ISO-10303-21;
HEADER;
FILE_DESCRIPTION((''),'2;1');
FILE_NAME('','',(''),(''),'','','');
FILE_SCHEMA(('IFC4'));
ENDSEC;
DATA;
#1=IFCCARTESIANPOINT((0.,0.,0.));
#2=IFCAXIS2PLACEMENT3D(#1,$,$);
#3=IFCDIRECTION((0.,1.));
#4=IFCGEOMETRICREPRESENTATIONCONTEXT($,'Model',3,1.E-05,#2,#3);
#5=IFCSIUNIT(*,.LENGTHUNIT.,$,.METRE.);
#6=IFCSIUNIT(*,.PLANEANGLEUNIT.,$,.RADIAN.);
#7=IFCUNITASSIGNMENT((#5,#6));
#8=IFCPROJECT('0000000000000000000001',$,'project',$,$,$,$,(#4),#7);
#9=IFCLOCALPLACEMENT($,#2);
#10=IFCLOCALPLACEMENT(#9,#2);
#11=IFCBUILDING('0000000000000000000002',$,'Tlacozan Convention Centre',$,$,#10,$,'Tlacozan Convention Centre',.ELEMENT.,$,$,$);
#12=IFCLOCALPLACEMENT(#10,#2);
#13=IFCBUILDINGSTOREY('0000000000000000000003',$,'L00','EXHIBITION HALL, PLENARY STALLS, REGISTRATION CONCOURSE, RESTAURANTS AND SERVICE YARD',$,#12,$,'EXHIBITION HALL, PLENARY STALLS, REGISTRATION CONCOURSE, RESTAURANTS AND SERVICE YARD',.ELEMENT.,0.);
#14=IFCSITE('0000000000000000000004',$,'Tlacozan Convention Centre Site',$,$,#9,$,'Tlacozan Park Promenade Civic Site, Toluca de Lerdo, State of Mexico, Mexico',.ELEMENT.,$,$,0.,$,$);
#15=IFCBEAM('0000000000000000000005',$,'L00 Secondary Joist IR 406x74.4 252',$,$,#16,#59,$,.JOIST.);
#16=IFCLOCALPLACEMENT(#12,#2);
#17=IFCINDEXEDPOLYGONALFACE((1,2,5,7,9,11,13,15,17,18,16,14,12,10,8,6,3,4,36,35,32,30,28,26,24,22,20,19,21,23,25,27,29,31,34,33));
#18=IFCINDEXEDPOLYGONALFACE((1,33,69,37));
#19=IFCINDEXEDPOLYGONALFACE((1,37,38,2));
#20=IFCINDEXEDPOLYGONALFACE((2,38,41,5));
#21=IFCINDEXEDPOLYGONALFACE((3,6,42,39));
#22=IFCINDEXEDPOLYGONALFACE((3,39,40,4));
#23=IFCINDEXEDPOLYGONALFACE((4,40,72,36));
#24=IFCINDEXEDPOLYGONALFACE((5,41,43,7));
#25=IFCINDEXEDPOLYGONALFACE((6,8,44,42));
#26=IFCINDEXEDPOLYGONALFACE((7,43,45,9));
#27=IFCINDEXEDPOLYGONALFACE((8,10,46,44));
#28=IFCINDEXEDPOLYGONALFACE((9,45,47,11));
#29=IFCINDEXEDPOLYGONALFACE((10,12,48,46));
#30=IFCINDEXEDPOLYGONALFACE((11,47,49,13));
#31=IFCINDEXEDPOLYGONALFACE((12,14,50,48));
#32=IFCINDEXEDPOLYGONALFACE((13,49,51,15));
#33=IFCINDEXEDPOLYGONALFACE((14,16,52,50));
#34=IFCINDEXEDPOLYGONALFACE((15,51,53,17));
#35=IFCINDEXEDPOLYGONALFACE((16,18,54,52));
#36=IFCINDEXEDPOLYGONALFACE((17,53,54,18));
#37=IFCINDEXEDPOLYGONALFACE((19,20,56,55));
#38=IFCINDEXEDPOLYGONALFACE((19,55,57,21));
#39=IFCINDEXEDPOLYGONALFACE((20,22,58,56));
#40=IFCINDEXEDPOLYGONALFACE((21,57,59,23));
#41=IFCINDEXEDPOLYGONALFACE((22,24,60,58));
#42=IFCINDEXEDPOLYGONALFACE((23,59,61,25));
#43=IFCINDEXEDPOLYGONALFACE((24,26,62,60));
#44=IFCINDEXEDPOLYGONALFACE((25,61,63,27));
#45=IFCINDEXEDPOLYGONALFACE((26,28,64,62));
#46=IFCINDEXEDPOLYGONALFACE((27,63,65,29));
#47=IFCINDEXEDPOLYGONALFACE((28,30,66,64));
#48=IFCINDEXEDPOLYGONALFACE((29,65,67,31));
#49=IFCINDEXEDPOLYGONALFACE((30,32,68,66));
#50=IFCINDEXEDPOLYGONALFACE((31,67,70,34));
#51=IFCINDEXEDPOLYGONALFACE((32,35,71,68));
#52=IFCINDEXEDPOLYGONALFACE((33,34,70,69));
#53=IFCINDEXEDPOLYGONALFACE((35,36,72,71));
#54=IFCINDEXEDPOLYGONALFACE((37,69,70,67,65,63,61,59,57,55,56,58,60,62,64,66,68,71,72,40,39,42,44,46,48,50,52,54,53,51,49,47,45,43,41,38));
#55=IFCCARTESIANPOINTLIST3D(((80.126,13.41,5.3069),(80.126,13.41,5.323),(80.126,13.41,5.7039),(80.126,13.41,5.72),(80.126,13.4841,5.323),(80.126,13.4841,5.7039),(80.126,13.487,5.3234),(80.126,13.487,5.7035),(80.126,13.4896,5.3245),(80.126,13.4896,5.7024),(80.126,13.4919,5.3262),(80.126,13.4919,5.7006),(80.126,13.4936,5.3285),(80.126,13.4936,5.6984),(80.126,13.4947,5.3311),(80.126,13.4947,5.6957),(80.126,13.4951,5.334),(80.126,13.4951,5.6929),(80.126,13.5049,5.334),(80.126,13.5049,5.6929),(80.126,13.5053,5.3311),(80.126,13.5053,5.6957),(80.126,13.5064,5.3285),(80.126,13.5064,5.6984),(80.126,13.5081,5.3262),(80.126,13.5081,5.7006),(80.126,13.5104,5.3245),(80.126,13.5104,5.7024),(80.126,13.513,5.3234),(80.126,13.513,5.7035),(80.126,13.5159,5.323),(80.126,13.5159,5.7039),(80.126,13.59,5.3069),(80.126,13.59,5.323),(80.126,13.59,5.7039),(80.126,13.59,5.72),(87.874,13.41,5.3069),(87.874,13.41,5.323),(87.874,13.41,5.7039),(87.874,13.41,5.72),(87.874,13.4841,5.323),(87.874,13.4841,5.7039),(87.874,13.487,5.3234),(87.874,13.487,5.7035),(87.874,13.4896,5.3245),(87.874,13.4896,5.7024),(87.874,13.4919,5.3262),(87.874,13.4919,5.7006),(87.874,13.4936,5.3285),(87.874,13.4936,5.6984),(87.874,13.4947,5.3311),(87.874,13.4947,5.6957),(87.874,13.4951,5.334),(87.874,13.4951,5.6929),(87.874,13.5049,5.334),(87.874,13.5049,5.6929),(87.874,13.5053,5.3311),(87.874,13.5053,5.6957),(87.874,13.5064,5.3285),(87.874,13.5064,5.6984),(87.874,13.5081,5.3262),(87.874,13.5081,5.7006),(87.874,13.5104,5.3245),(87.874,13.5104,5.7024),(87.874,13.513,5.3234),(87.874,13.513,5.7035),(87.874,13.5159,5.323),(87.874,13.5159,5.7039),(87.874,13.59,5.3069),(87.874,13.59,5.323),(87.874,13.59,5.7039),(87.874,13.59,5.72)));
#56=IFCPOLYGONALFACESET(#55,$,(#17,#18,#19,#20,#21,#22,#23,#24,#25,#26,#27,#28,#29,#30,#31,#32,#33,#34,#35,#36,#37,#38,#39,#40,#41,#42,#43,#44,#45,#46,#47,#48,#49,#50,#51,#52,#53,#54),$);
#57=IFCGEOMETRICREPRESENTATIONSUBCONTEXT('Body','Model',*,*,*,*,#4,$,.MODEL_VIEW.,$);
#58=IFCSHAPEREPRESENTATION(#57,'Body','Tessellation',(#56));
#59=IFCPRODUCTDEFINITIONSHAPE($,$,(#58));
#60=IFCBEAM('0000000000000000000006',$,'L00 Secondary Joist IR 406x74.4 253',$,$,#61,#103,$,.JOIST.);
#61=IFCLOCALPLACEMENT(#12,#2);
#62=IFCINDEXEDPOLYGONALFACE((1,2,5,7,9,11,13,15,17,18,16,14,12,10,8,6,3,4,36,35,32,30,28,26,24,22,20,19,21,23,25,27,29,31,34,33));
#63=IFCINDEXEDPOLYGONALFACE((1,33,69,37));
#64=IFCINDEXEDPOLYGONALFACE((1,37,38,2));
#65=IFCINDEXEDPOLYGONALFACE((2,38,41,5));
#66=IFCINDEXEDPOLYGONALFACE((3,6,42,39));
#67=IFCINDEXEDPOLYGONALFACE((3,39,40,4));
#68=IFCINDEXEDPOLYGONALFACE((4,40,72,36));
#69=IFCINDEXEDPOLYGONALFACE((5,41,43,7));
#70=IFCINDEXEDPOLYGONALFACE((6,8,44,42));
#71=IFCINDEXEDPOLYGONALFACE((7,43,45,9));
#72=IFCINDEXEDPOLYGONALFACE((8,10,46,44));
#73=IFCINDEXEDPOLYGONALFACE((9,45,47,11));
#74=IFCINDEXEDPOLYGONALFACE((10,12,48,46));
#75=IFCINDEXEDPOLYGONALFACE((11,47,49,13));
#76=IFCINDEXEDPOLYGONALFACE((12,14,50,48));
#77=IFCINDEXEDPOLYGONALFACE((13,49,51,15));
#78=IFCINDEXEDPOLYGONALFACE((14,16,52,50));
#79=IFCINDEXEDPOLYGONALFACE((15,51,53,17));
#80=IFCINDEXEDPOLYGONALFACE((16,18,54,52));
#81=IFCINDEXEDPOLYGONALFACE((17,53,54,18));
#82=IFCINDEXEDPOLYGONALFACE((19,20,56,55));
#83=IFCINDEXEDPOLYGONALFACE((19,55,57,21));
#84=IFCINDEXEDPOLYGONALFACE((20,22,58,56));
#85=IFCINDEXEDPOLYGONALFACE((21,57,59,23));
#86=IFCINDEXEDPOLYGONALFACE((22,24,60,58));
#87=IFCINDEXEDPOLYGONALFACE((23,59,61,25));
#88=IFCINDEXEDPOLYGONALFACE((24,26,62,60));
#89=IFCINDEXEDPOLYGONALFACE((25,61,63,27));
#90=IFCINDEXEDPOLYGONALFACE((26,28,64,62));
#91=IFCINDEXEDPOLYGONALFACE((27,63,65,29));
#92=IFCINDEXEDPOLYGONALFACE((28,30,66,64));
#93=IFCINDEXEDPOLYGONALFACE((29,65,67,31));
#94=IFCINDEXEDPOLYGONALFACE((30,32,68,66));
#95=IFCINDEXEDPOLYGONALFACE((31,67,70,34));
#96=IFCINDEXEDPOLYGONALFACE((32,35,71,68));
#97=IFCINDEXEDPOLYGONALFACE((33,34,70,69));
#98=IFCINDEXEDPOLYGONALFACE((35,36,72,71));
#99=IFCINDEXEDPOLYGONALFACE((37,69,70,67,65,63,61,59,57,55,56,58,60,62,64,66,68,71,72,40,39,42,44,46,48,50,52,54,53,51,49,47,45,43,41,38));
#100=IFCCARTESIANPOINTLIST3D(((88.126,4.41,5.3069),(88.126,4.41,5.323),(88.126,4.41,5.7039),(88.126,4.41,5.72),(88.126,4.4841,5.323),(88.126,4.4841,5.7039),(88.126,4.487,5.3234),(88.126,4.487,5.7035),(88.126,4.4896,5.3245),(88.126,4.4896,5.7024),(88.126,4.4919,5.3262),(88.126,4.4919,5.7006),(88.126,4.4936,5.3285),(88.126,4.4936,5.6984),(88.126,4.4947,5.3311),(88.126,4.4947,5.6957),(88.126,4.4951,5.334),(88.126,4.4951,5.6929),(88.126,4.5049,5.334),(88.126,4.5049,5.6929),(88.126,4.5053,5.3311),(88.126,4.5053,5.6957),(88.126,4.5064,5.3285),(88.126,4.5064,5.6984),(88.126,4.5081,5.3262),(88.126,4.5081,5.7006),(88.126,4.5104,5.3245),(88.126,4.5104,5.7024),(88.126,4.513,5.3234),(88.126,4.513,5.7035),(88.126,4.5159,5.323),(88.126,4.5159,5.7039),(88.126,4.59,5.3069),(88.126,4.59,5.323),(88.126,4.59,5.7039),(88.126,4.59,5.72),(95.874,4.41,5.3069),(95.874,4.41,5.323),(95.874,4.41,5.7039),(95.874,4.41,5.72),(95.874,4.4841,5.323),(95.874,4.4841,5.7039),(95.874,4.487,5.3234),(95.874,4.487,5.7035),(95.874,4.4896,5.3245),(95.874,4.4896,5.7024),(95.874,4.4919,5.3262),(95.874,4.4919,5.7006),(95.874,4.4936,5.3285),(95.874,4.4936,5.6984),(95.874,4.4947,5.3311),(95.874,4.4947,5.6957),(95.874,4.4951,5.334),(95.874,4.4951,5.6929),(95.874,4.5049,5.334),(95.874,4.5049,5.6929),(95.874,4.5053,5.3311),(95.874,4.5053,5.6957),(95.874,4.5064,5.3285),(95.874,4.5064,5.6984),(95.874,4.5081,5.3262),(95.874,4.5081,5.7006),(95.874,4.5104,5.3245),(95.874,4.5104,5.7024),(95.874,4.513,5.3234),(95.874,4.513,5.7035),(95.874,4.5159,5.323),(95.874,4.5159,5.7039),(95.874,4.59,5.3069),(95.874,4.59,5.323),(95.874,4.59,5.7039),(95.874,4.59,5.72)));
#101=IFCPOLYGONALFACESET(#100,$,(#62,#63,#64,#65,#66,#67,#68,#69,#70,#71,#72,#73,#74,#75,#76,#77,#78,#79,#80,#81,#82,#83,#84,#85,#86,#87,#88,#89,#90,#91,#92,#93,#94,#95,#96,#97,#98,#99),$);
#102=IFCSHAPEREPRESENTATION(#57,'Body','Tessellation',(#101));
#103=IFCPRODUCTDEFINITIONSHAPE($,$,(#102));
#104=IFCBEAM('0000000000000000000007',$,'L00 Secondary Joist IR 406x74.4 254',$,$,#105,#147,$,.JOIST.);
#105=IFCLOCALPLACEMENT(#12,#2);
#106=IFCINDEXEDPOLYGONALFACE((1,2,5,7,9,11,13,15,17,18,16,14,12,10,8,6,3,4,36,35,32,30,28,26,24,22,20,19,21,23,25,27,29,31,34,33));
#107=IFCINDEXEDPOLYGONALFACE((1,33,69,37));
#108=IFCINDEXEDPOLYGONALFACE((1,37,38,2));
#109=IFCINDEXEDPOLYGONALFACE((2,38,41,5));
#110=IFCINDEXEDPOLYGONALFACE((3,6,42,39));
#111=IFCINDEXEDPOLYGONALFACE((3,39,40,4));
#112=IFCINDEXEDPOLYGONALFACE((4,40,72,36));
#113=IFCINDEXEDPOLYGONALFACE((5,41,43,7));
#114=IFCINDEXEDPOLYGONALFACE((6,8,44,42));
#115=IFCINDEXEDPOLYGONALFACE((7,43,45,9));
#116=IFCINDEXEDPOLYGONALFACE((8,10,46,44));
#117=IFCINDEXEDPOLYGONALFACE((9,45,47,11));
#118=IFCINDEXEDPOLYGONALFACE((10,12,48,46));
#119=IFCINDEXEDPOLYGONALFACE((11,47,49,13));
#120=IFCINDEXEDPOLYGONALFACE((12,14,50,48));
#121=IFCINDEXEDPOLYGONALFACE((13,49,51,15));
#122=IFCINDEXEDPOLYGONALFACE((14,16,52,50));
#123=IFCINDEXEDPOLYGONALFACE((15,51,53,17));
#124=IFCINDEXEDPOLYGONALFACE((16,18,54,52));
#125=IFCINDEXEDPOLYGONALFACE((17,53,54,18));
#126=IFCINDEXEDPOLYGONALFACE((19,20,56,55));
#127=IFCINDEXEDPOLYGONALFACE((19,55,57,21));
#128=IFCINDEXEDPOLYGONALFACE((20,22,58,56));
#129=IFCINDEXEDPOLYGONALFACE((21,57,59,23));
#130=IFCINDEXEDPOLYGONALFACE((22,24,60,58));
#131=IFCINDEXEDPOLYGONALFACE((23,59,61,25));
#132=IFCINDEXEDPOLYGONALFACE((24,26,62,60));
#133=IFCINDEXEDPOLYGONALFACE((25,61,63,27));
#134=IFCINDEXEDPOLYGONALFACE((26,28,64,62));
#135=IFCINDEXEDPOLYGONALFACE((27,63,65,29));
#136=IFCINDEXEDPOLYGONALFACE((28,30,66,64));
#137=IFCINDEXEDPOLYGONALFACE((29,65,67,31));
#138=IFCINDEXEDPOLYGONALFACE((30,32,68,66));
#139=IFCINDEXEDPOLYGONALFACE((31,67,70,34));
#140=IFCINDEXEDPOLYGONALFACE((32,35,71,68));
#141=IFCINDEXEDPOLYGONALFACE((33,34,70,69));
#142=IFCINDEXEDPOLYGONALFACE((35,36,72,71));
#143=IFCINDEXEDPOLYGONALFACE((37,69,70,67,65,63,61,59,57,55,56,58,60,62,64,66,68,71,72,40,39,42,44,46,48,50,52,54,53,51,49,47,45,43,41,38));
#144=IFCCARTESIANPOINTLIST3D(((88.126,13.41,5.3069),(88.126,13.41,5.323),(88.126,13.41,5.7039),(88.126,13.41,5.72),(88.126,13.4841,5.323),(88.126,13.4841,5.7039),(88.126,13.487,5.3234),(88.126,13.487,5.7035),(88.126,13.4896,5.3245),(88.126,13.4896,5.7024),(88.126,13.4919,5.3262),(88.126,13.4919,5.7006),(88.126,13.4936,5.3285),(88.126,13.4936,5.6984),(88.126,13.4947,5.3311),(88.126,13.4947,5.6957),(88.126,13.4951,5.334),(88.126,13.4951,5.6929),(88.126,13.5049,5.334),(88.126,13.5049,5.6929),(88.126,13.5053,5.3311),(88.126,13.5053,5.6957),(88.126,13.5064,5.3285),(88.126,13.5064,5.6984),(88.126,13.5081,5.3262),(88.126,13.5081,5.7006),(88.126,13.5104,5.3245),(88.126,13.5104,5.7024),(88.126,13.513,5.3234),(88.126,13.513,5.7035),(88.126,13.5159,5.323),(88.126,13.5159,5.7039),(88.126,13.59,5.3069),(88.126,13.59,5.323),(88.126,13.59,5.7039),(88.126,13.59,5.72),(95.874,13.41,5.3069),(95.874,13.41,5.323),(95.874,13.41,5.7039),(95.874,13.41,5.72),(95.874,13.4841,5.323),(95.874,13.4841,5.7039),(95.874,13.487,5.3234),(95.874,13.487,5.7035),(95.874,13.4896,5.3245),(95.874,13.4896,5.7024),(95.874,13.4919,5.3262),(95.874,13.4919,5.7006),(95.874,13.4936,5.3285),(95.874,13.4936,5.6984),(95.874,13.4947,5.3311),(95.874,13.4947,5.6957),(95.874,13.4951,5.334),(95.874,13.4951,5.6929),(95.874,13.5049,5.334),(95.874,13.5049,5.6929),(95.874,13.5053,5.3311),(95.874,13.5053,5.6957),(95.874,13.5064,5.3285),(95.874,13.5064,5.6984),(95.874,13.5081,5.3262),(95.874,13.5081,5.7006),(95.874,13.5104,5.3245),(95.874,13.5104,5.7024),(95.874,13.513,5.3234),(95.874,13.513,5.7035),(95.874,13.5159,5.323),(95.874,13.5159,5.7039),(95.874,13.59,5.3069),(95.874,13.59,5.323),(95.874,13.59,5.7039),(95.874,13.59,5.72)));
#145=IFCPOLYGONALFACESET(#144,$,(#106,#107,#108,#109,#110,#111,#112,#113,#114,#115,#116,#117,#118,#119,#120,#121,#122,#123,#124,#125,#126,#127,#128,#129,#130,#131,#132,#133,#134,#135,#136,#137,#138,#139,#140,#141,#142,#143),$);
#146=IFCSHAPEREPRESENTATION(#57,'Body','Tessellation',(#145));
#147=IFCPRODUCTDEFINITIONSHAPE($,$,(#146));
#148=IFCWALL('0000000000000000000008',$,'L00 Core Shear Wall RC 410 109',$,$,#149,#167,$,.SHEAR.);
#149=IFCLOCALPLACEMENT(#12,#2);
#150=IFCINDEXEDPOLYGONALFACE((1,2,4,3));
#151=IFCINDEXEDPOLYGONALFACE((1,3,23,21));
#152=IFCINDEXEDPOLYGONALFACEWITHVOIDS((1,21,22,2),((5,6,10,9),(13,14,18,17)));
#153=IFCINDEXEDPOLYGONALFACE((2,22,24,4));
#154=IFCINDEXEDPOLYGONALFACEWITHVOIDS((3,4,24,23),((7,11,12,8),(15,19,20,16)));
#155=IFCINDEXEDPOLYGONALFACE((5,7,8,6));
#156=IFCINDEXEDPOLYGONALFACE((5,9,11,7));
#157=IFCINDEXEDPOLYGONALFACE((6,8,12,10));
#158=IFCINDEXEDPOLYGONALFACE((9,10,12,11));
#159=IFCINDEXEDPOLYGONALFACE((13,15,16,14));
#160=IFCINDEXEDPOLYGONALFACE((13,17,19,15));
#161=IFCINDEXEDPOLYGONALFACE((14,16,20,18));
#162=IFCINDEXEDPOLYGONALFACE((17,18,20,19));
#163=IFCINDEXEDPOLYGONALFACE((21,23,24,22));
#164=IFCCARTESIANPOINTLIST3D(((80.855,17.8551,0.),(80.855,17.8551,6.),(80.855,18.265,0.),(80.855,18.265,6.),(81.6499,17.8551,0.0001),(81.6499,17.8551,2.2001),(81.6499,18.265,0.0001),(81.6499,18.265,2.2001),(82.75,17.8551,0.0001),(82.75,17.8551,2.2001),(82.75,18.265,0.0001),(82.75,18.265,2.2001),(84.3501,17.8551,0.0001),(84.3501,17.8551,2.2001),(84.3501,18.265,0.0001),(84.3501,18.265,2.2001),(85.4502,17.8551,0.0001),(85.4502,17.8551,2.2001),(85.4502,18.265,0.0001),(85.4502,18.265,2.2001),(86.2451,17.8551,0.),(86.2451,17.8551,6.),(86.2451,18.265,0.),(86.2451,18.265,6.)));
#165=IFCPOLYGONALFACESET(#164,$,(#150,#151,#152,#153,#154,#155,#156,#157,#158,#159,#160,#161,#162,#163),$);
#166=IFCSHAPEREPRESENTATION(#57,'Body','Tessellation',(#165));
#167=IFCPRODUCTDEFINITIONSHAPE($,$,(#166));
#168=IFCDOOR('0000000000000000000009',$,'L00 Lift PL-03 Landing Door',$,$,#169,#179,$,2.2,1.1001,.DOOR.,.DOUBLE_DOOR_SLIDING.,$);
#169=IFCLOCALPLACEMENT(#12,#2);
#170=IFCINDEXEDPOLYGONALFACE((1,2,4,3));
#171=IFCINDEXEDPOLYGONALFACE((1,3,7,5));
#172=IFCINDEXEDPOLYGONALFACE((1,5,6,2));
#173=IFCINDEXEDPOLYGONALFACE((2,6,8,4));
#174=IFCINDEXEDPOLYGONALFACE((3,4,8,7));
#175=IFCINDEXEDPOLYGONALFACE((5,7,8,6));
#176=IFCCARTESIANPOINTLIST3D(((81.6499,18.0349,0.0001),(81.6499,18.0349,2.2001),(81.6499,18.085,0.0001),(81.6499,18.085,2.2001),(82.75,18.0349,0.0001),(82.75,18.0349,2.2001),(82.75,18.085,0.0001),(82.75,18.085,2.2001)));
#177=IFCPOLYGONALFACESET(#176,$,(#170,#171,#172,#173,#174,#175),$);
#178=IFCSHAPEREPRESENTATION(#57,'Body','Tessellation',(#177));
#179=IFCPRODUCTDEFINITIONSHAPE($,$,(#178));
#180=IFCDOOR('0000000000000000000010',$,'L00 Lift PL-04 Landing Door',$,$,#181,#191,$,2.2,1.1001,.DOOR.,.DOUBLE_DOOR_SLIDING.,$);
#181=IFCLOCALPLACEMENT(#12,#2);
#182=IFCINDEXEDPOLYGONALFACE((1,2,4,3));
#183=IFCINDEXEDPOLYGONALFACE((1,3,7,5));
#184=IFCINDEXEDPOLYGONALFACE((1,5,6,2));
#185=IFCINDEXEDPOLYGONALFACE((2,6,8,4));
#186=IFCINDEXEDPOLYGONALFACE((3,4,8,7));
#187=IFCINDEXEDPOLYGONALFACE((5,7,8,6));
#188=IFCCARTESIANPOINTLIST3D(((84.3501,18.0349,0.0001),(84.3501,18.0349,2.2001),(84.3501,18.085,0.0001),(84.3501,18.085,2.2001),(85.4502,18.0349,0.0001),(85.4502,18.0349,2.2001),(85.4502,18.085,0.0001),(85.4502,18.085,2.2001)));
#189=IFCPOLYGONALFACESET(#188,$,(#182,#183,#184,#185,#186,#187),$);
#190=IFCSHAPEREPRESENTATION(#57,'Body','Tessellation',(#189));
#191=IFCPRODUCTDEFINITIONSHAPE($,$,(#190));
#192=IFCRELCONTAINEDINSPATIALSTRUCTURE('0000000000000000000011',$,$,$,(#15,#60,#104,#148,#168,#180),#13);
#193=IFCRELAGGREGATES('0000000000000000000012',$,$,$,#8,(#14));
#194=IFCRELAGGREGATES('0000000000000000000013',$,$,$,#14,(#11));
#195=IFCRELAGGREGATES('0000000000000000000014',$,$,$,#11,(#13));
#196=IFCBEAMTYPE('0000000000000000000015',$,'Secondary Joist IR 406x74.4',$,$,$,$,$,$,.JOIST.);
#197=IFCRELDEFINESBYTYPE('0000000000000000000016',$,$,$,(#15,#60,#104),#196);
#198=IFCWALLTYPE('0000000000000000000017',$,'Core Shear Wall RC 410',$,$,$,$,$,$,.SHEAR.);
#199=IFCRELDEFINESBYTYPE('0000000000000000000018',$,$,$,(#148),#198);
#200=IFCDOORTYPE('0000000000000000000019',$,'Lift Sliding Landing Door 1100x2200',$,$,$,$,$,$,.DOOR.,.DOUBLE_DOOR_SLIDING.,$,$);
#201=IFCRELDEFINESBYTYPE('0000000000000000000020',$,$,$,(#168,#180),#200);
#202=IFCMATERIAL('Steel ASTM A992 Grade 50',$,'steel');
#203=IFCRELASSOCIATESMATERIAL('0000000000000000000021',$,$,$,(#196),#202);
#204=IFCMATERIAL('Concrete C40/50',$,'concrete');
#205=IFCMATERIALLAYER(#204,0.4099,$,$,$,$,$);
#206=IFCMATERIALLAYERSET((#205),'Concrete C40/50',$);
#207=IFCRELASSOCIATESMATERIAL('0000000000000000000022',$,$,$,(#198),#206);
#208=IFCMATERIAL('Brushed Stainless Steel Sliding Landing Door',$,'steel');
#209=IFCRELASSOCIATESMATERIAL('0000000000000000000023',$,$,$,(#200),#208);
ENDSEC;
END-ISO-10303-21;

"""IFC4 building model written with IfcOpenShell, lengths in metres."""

from ifc_helpers import new_model, si_unit, direction, frame, frame_2d, origin, origin_2d, place, context, subcontext, project, spatial, rectangle, i_section, extrude, material, layer, layer_set, material_profile, profile_set, type_object, element, fill, save


model = new_model("IFC4")

# Units and contexts
model_context = context("Model", 3, precision=1e-05, world=origin(), true_north=direction((0.0, 1.0)))
body_context = subcontext(model_context, "Body", "Model", "MODEL_VIEW")
ifc_project = project(units=[si_unit("LENGTHUNIT", "METRE"), si_unit("PLANEANGLEUNIT", "RADIAN")], contexts=[model_context])

# Site, building, storey
site_placement = place(None, origin())
site = spatial("IfcSite", under=ifc_project, at=site_placement, Name="Tlacozan Convention Centre Site", LongName="Tlacozan Park Promenade Civic Site, Toluca de Lerdo, State of Mexico, Mexico", CompositionType="ELEMENT", RefElevation=0.0)
building_placement = place(site_placement, origin())
building = spatial("IfcBuilding", under=site, at=building_placement, Name="Tlacozan Convention Centre", LongName="Tlacozan Convention Centre", CompositionType="ELEMENT")
storey_placement = place(building_placement, origin())
storey = spatial("IfcBuildingStorey", under=building, at=storey_placement, Name="L00", Description="EXHIBITION HALL, PLENARY STALLS, REGISTRATION CONCOURSE, RESTAURANTS AND SERVICE YARD", LongName="EXHIBITION HALL, PLENARY STALLS, REGISTRATION CONCOURSE, RESTAURANTS AND SERVICE YARD", CompositionType="ELEMENT", Elevation=0.0)

# Shared definitions
ifc_material_1 = material(Name="Concrete C40/50", Category="concrete")

# Beams
ifc_material_2 = material(Name="Steel ASTM A992 Grade 50", Category="steel")
ifc_material_profile_1 = material_profile(ifc_material_2, i_section(OverallWidth=0.1799, OverallDepth=0.4131, WebThickness=0.0098, FlangeThickness=0.0161, FilletRadius=0.011, at=origin_2d()), Name="IR 406x74.4")
ifc_profile_set_1 = profile_set([ifc_material_profile_1], Name="Steel ASTM A992 Grade 50")
beam_type_1 = type_object("IfcBeamType", Name="Secondary Joist IR 406x74.4", PredefinedType="JOIST", material=ifc_profile_set_1)
for number, where, z_axis, x_axis, name in (
    (1, (80.126, 13.5, 5.5134), (1.0, 0.0, 0.0), (0.0, 1.0, 0.0), "L00 Secondary Joist IR 406x74.4 252"),
    (2, (88.126, 4.5, 5.5134), (1.0, 0.0, 0.0), (0.0, 1.0, 0.0), "L00 Secondary Joist IR 406x74.4 253"),
    (3, (88.126, 13.5, 5.5134), (1.0, 0.0, 0.0), (0.0, 1.0, 0.0), "L00 Secondary Joist IR 406x74.4 254"),
):
    element("IfcBeam", number, at=place(storey_placement, frame(where, z_axis=z_axis, x_axis=x_axis)), inside=storey, type_object=beam_type_1, Name=name, PredefinedType="JOIST", context=body_context, shape_type="SweptSolid", body=[
        extrude(i_section(OverallWidth=0.1799, OverallDepth=0.4131, WebThickness=0.0098, FlangeThickness=0.0161, FilletRadius=0.011, at=origin_2d()), origin(), (0.0, 0.0, 1.0), 7.748),
    ])

# Wall, openings, doors
ifc_layer_1 = layer(ifc_material_1, 0.4099)
ifc_layer_set_1 = layer_set([ifc_layer_1], Name="Concrete C40/50")
wall_type_1 = type_object("IfcWallType", Name="Core Shear Wall RC 410", PredefinedType="SHEAR", material=ifc_layer_set_1)
wall_1_placement = place(storey_placement, frame((80.855, 18.0601, 0.0), z_axis=(0.0, 0.0, 1.0), x_axis=(1.0, 0.0, 0.0)))
wall_1 = element("IfcWall", 4, at=wall_1_placement, inside=storey, type_object=wall_type_1, Name="L00 Core Shear Wall RC 410 109", PredefinedType="SHEAR", context=body_context, shape_type="SweptSolid", body=[
    extrude(rectangle(XDim=5.3901, YDim=0.4099, at=frame_2d((2.6951, 0.0))), origin(), (0.0, 0.0, 1.0), 6.0),
])
opening_1_placement = place(wall_1_placement, frame((0.7949, 0.0, 0.0)))
opening_1 = element("IfcOpeningElement", 5, at=opening_1_placement, cuts=wall_1, PredefinedType="OPENING", context=body_context, shape_type="SweptSolid", body=[
    extrude(rectangle(XDim=1.1001, YDim=2.2, at=frame_2d((0.55, 1.1001))), frame((0.0, 0.2148, 0.0), z_axis=(0.0, -1.0, 0.0), x_axis=(1.0, 0.0, 0.0)), (0.0, 0.0, 1.0), 0.4299),
])
opening_2_placement = place(wall_1_placement, frame((3.4951, 0.0, 0.0)))
opening_2 = element("IfcOpeningElement", 6, at=opening_2_placement, cuts=wall_1, PredefinedType="OPENING", context=body_context, shape_type="SweptSolid", body=[
    extrude(rectangle(XDim=1.1001, YDim=2.2, at=frame_2d((0.55, 1.1001))), frame((0.0, 0.2148, 0.0), z_axis=(0.0, -1.0, 0.0), x_axis=(1.0, 0.0, 0.0)), (0.0, 0.0, 1.0), 0.4299),
])
ifc_material_3 = material(Name="Brushed Stainless Steel Sliding Landing Door", Category="steel")
door_type_1 = type_object("IfcDoorType", Name="Lift Sliding Landing Door 1100x2200", OperationType="DOUBLE_DOOR_SLIDING", PredefinedType="DOOR", material=ifc_material_3)
door_1_placement = place(opening_1_placement, origin())
door_1 = element("IfcDoor", 7, at=door_1_placement, inside=storey, type_object=door_type_1, Name="L00 Lift PL-03 Landing Door", OperationType="DOUBLE_DOOR_SLIDING", OverallHeight=2.2, OverallWidth=1.1001, PredefinedType="DOOR", context=body_context, shape_type="SweptSolid", body=[
    extrude(rectangle(XDim=1.1001, YDim=2.2, at=frame_2d((0.55, 1.1001))), frame((0.0, 0.0249, 0.0), z_axis=(0.0, -1.0, 0.0), x_axis=(1.0, 0.0, 0.0)), (0.0, 0.0, 1.0), 0.05),
])
fill(opening_1, door_1)
door_2_placement = place(opening_2_placement, origin())
door_2 = element("IfcDoor", 8, at=door_2_placement, inside=storey, type_object=door_type_1, Name="L00 Lift PL-04 Landing Door", OperationType="DOUBLE_DOOR_SLIDING", OverallHeight=2.2, OverallWidth=1.1001, PredefinedType="DOOR", context=body_context, shape_type="SweptSolid", body=[
    extrude(rectangle(XDim=1.1001, YDim=2.2, at=frame_2d((0.55, 1.1001))), frame((0.0, 0.0249, 0.0), z_axis=(0.0, -1.0, 0.0), x_axis=(1.0, 0.0, 0.0)), (0.0, 0.0, 1.0), 0.05),
])
fill(opening_2, door_2)

save(model, "model.ifc")
